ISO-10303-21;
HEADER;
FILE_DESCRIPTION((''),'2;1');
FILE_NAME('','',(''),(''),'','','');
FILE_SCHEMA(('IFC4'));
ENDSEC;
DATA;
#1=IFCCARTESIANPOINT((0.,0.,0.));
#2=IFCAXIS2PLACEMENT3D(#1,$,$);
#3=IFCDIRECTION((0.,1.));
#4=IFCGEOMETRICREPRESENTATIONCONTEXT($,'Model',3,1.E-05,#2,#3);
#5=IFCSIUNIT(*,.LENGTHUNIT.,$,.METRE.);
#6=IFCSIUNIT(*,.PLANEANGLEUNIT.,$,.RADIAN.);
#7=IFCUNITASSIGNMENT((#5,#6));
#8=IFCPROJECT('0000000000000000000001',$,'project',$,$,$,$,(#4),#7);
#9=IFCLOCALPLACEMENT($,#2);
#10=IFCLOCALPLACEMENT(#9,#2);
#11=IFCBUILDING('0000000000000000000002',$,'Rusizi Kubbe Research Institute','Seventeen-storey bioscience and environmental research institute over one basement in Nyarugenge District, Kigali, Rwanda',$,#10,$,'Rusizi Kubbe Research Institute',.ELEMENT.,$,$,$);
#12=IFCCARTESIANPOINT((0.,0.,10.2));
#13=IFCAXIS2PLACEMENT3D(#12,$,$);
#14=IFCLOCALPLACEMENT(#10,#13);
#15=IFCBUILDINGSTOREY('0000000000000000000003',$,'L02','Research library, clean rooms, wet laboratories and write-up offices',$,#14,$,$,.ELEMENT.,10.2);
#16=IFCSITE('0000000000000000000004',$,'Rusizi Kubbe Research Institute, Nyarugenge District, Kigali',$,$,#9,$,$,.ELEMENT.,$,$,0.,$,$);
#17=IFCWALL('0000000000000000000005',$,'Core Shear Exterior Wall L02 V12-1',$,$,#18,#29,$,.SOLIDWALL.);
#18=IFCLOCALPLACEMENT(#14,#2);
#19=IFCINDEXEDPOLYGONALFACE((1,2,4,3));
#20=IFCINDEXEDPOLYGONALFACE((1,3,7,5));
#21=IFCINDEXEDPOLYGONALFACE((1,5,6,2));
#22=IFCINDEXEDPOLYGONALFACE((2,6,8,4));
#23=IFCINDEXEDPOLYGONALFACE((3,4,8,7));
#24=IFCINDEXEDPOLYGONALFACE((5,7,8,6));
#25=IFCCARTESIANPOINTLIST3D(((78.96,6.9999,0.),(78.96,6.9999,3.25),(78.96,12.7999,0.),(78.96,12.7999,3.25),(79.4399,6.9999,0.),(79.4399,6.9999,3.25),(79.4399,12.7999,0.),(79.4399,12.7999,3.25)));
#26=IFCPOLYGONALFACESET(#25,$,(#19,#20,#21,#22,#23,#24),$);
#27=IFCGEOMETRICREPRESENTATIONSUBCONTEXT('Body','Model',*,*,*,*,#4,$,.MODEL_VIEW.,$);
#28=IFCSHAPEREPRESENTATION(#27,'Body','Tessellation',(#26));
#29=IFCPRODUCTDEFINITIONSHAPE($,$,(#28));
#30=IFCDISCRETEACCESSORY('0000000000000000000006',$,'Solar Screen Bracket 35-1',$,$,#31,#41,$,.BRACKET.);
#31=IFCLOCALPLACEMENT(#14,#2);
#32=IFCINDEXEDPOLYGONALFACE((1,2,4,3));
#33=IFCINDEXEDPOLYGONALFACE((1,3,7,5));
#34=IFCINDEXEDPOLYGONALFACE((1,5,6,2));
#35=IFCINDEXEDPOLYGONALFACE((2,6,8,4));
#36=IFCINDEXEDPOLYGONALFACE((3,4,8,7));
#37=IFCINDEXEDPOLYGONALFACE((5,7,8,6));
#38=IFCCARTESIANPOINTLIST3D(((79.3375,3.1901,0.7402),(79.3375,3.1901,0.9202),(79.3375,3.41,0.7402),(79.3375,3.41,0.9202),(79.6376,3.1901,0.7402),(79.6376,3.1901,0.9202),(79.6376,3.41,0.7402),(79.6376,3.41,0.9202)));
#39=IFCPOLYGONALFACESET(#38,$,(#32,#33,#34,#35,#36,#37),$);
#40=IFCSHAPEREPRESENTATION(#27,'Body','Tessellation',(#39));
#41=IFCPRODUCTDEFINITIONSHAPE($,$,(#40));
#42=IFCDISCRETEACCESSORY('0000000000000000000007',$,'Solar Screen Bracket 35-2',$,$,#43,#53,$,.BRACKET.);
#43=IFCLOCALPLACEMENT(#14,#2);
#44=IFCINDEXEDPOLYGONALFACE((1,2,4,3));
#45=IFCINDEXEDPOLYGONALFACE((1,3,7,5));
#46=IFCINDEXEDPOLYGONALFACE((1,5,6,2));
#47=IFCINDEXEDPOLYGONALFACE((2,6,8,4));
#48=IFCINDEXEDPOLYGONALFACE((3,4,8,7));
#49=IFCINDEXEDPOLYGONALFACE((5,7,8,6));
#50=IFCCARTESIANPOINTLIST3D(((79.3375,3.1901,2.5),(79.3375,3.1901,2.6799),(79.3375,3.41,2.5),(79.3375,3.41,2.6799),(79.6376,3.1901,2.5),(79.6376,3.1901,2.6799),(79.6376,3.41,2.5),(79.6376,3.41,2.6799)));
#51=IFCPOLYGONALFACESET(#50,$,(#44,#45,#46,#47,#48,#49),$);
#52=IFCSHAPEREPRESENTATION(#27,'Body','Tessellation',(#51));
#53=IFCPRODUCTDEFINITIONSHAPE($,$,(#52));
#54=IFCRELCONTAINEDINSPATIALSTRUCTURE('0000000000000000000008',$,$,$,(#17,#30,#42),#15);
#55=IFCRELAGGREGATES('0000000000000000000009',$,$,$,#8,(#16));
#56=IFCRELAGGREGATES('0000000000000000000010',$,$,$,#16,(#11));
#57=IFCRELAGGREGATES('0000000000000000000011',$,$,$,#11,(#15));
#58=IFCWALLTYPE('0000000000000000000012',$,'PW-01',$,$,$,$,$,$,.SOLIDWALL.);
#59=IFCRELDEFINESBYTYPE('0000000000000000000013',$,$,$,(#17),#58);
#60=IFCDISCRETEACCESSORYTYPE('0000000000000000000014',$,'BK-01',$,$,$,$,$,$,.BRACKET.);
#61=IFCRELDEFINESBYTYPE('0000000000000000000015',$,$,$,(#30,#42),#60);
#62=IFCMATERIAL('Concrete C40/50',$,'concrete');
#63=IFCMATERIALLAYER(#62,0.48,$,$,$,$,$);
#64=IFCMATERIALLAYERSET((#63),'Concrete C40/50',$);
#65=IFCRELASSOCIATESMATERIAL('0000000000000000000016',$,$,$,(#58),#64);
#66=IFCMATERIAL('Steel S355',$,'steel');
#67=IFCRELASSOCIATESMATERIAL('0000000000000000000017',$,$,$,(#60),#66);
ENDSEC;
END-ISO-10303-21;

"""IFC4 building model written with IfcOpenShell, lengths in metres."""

from ifc_helpers import new_model, si_unit, direction, frame, frame_2d, origin, origin_2d, place, context, subcontext, project, spatial, rectangle, extrude, material, layer, layer_set, type_object, element, save


model = new_model("IFC4")

# Units and contexts
model_context = context("Model", 3, precision=1e-05, world=origin(), true_north=direction((0.0, 1.0)))
body_context = subcontext(model_context, "Body", "Model", "MODEL_VIEW")
ifc_project = project(units=[si_unit("LENGTHUNIT", "METRE"), si_unit("PLANEANGLEUNIT", "RADIAN")], contexts=[model_context])

# Site, building, storey
site_placement = place(None, origin())
site = spatial("IfcSite", under=ifc_project, at=site_placement, Name="Rusizi Kubbe Research Institute, Nyarugenge District, Kigali", CompositionType="ELEMENT", RefElevation=0.0)
building_placement = place(site_placement, origin())
building = spatial("IfcBuilding", under=site, at=building_placement, Name="Rusizi Kubbe Research Institute", Description="Seventeen-storey bioscience and environmental research institute over one basement in Nyarugenge District, Kigali, Rwanda", LongName="Rusizi Kubbe Research Institute", CompositionType="ELEMENT")
storey_placement = place(building_placement, frame((0.0, 0.0, 10.2)))
storey = spatial("IfcBuildingStorey", under=building, at=storey_placement, Name="L02", Description="Research library, clean rooms, wet laboratories and write-up offices", CompositionType="ELEMENT", Elevation=10.2)

# Wall
ifc_material_1 = material(Name="Concrete C40/50", Category="concrete")
ifc_layer_1 = layer(ifc_material_1, 0.48)
ifc_layer_set_1 = layer_set([ifc_layer_1], Name="Concrete C40/50")
wall_type_1 = type_object("IfcWallType", Name="PW-01", PredefinedType="SOLIDWALL", material=ifc_layer_set_1)
wall_1_placement = place(storey_placement, frame((79.2, 7.0, 0.0), z_axis=(0.0, 0.0, 1.0), x_axis=(0.0, 1.0, 0.0)))
element("IfcWall", 1, at=wall_1_placement, inside=storey, type_object=wall_type_1, Name="Core Shear Exterior Wall L02 V12-1", PredefinedType="SOLIDWALL", context=body_context, shape_type="SweptSolid", body=[
    extrude(rectangle(XDim=5.8, YDim=0.48, at=frame_2d((2.8999, 0.0))), origin(), (0.0, 0.0, 1.0), 3.25),
])

# Discrete accessories
ifc_material_2 = material(Name="Steel S355", Category="steel")
discrete_accessory_type = type_object("IfcDiscreteAccessoryType", Name="BK-01", PredefinedType="BRACKET", material=ifc_material_2)
for number, where, z_axis, x_axis, name in (
    (2, (79.4875, 3.3, 0.7402), (0.0, 0.0, 1.0), (1.0, 0.0, 0.0), "Solar Screen Bracket 35-1"),
    (3, (79.4875, 3.3, 2.5), (0.0, 0.0, 1.0), (1.0, 0.0, 0.0), "Solar Screen Bracket 35-2"),
):
    element("IfcDiscreteAccessory", number, at=place(storey_placement, frame(where, z_axis=z_axis, x_axis=x_axis)), inside=storey, type_object=discrete_accessory_type, Name=name, PredefinedType="BRACKET", context=body_context, shape_type="SweptSolid", body=[
        extrude(rectangle(XDim=0.3, YDim=0.22, at=origin_2d()), origin(), (0.0, 0.0, 1.0), 0.1799),
    ])

save(model, "model.ifc")
